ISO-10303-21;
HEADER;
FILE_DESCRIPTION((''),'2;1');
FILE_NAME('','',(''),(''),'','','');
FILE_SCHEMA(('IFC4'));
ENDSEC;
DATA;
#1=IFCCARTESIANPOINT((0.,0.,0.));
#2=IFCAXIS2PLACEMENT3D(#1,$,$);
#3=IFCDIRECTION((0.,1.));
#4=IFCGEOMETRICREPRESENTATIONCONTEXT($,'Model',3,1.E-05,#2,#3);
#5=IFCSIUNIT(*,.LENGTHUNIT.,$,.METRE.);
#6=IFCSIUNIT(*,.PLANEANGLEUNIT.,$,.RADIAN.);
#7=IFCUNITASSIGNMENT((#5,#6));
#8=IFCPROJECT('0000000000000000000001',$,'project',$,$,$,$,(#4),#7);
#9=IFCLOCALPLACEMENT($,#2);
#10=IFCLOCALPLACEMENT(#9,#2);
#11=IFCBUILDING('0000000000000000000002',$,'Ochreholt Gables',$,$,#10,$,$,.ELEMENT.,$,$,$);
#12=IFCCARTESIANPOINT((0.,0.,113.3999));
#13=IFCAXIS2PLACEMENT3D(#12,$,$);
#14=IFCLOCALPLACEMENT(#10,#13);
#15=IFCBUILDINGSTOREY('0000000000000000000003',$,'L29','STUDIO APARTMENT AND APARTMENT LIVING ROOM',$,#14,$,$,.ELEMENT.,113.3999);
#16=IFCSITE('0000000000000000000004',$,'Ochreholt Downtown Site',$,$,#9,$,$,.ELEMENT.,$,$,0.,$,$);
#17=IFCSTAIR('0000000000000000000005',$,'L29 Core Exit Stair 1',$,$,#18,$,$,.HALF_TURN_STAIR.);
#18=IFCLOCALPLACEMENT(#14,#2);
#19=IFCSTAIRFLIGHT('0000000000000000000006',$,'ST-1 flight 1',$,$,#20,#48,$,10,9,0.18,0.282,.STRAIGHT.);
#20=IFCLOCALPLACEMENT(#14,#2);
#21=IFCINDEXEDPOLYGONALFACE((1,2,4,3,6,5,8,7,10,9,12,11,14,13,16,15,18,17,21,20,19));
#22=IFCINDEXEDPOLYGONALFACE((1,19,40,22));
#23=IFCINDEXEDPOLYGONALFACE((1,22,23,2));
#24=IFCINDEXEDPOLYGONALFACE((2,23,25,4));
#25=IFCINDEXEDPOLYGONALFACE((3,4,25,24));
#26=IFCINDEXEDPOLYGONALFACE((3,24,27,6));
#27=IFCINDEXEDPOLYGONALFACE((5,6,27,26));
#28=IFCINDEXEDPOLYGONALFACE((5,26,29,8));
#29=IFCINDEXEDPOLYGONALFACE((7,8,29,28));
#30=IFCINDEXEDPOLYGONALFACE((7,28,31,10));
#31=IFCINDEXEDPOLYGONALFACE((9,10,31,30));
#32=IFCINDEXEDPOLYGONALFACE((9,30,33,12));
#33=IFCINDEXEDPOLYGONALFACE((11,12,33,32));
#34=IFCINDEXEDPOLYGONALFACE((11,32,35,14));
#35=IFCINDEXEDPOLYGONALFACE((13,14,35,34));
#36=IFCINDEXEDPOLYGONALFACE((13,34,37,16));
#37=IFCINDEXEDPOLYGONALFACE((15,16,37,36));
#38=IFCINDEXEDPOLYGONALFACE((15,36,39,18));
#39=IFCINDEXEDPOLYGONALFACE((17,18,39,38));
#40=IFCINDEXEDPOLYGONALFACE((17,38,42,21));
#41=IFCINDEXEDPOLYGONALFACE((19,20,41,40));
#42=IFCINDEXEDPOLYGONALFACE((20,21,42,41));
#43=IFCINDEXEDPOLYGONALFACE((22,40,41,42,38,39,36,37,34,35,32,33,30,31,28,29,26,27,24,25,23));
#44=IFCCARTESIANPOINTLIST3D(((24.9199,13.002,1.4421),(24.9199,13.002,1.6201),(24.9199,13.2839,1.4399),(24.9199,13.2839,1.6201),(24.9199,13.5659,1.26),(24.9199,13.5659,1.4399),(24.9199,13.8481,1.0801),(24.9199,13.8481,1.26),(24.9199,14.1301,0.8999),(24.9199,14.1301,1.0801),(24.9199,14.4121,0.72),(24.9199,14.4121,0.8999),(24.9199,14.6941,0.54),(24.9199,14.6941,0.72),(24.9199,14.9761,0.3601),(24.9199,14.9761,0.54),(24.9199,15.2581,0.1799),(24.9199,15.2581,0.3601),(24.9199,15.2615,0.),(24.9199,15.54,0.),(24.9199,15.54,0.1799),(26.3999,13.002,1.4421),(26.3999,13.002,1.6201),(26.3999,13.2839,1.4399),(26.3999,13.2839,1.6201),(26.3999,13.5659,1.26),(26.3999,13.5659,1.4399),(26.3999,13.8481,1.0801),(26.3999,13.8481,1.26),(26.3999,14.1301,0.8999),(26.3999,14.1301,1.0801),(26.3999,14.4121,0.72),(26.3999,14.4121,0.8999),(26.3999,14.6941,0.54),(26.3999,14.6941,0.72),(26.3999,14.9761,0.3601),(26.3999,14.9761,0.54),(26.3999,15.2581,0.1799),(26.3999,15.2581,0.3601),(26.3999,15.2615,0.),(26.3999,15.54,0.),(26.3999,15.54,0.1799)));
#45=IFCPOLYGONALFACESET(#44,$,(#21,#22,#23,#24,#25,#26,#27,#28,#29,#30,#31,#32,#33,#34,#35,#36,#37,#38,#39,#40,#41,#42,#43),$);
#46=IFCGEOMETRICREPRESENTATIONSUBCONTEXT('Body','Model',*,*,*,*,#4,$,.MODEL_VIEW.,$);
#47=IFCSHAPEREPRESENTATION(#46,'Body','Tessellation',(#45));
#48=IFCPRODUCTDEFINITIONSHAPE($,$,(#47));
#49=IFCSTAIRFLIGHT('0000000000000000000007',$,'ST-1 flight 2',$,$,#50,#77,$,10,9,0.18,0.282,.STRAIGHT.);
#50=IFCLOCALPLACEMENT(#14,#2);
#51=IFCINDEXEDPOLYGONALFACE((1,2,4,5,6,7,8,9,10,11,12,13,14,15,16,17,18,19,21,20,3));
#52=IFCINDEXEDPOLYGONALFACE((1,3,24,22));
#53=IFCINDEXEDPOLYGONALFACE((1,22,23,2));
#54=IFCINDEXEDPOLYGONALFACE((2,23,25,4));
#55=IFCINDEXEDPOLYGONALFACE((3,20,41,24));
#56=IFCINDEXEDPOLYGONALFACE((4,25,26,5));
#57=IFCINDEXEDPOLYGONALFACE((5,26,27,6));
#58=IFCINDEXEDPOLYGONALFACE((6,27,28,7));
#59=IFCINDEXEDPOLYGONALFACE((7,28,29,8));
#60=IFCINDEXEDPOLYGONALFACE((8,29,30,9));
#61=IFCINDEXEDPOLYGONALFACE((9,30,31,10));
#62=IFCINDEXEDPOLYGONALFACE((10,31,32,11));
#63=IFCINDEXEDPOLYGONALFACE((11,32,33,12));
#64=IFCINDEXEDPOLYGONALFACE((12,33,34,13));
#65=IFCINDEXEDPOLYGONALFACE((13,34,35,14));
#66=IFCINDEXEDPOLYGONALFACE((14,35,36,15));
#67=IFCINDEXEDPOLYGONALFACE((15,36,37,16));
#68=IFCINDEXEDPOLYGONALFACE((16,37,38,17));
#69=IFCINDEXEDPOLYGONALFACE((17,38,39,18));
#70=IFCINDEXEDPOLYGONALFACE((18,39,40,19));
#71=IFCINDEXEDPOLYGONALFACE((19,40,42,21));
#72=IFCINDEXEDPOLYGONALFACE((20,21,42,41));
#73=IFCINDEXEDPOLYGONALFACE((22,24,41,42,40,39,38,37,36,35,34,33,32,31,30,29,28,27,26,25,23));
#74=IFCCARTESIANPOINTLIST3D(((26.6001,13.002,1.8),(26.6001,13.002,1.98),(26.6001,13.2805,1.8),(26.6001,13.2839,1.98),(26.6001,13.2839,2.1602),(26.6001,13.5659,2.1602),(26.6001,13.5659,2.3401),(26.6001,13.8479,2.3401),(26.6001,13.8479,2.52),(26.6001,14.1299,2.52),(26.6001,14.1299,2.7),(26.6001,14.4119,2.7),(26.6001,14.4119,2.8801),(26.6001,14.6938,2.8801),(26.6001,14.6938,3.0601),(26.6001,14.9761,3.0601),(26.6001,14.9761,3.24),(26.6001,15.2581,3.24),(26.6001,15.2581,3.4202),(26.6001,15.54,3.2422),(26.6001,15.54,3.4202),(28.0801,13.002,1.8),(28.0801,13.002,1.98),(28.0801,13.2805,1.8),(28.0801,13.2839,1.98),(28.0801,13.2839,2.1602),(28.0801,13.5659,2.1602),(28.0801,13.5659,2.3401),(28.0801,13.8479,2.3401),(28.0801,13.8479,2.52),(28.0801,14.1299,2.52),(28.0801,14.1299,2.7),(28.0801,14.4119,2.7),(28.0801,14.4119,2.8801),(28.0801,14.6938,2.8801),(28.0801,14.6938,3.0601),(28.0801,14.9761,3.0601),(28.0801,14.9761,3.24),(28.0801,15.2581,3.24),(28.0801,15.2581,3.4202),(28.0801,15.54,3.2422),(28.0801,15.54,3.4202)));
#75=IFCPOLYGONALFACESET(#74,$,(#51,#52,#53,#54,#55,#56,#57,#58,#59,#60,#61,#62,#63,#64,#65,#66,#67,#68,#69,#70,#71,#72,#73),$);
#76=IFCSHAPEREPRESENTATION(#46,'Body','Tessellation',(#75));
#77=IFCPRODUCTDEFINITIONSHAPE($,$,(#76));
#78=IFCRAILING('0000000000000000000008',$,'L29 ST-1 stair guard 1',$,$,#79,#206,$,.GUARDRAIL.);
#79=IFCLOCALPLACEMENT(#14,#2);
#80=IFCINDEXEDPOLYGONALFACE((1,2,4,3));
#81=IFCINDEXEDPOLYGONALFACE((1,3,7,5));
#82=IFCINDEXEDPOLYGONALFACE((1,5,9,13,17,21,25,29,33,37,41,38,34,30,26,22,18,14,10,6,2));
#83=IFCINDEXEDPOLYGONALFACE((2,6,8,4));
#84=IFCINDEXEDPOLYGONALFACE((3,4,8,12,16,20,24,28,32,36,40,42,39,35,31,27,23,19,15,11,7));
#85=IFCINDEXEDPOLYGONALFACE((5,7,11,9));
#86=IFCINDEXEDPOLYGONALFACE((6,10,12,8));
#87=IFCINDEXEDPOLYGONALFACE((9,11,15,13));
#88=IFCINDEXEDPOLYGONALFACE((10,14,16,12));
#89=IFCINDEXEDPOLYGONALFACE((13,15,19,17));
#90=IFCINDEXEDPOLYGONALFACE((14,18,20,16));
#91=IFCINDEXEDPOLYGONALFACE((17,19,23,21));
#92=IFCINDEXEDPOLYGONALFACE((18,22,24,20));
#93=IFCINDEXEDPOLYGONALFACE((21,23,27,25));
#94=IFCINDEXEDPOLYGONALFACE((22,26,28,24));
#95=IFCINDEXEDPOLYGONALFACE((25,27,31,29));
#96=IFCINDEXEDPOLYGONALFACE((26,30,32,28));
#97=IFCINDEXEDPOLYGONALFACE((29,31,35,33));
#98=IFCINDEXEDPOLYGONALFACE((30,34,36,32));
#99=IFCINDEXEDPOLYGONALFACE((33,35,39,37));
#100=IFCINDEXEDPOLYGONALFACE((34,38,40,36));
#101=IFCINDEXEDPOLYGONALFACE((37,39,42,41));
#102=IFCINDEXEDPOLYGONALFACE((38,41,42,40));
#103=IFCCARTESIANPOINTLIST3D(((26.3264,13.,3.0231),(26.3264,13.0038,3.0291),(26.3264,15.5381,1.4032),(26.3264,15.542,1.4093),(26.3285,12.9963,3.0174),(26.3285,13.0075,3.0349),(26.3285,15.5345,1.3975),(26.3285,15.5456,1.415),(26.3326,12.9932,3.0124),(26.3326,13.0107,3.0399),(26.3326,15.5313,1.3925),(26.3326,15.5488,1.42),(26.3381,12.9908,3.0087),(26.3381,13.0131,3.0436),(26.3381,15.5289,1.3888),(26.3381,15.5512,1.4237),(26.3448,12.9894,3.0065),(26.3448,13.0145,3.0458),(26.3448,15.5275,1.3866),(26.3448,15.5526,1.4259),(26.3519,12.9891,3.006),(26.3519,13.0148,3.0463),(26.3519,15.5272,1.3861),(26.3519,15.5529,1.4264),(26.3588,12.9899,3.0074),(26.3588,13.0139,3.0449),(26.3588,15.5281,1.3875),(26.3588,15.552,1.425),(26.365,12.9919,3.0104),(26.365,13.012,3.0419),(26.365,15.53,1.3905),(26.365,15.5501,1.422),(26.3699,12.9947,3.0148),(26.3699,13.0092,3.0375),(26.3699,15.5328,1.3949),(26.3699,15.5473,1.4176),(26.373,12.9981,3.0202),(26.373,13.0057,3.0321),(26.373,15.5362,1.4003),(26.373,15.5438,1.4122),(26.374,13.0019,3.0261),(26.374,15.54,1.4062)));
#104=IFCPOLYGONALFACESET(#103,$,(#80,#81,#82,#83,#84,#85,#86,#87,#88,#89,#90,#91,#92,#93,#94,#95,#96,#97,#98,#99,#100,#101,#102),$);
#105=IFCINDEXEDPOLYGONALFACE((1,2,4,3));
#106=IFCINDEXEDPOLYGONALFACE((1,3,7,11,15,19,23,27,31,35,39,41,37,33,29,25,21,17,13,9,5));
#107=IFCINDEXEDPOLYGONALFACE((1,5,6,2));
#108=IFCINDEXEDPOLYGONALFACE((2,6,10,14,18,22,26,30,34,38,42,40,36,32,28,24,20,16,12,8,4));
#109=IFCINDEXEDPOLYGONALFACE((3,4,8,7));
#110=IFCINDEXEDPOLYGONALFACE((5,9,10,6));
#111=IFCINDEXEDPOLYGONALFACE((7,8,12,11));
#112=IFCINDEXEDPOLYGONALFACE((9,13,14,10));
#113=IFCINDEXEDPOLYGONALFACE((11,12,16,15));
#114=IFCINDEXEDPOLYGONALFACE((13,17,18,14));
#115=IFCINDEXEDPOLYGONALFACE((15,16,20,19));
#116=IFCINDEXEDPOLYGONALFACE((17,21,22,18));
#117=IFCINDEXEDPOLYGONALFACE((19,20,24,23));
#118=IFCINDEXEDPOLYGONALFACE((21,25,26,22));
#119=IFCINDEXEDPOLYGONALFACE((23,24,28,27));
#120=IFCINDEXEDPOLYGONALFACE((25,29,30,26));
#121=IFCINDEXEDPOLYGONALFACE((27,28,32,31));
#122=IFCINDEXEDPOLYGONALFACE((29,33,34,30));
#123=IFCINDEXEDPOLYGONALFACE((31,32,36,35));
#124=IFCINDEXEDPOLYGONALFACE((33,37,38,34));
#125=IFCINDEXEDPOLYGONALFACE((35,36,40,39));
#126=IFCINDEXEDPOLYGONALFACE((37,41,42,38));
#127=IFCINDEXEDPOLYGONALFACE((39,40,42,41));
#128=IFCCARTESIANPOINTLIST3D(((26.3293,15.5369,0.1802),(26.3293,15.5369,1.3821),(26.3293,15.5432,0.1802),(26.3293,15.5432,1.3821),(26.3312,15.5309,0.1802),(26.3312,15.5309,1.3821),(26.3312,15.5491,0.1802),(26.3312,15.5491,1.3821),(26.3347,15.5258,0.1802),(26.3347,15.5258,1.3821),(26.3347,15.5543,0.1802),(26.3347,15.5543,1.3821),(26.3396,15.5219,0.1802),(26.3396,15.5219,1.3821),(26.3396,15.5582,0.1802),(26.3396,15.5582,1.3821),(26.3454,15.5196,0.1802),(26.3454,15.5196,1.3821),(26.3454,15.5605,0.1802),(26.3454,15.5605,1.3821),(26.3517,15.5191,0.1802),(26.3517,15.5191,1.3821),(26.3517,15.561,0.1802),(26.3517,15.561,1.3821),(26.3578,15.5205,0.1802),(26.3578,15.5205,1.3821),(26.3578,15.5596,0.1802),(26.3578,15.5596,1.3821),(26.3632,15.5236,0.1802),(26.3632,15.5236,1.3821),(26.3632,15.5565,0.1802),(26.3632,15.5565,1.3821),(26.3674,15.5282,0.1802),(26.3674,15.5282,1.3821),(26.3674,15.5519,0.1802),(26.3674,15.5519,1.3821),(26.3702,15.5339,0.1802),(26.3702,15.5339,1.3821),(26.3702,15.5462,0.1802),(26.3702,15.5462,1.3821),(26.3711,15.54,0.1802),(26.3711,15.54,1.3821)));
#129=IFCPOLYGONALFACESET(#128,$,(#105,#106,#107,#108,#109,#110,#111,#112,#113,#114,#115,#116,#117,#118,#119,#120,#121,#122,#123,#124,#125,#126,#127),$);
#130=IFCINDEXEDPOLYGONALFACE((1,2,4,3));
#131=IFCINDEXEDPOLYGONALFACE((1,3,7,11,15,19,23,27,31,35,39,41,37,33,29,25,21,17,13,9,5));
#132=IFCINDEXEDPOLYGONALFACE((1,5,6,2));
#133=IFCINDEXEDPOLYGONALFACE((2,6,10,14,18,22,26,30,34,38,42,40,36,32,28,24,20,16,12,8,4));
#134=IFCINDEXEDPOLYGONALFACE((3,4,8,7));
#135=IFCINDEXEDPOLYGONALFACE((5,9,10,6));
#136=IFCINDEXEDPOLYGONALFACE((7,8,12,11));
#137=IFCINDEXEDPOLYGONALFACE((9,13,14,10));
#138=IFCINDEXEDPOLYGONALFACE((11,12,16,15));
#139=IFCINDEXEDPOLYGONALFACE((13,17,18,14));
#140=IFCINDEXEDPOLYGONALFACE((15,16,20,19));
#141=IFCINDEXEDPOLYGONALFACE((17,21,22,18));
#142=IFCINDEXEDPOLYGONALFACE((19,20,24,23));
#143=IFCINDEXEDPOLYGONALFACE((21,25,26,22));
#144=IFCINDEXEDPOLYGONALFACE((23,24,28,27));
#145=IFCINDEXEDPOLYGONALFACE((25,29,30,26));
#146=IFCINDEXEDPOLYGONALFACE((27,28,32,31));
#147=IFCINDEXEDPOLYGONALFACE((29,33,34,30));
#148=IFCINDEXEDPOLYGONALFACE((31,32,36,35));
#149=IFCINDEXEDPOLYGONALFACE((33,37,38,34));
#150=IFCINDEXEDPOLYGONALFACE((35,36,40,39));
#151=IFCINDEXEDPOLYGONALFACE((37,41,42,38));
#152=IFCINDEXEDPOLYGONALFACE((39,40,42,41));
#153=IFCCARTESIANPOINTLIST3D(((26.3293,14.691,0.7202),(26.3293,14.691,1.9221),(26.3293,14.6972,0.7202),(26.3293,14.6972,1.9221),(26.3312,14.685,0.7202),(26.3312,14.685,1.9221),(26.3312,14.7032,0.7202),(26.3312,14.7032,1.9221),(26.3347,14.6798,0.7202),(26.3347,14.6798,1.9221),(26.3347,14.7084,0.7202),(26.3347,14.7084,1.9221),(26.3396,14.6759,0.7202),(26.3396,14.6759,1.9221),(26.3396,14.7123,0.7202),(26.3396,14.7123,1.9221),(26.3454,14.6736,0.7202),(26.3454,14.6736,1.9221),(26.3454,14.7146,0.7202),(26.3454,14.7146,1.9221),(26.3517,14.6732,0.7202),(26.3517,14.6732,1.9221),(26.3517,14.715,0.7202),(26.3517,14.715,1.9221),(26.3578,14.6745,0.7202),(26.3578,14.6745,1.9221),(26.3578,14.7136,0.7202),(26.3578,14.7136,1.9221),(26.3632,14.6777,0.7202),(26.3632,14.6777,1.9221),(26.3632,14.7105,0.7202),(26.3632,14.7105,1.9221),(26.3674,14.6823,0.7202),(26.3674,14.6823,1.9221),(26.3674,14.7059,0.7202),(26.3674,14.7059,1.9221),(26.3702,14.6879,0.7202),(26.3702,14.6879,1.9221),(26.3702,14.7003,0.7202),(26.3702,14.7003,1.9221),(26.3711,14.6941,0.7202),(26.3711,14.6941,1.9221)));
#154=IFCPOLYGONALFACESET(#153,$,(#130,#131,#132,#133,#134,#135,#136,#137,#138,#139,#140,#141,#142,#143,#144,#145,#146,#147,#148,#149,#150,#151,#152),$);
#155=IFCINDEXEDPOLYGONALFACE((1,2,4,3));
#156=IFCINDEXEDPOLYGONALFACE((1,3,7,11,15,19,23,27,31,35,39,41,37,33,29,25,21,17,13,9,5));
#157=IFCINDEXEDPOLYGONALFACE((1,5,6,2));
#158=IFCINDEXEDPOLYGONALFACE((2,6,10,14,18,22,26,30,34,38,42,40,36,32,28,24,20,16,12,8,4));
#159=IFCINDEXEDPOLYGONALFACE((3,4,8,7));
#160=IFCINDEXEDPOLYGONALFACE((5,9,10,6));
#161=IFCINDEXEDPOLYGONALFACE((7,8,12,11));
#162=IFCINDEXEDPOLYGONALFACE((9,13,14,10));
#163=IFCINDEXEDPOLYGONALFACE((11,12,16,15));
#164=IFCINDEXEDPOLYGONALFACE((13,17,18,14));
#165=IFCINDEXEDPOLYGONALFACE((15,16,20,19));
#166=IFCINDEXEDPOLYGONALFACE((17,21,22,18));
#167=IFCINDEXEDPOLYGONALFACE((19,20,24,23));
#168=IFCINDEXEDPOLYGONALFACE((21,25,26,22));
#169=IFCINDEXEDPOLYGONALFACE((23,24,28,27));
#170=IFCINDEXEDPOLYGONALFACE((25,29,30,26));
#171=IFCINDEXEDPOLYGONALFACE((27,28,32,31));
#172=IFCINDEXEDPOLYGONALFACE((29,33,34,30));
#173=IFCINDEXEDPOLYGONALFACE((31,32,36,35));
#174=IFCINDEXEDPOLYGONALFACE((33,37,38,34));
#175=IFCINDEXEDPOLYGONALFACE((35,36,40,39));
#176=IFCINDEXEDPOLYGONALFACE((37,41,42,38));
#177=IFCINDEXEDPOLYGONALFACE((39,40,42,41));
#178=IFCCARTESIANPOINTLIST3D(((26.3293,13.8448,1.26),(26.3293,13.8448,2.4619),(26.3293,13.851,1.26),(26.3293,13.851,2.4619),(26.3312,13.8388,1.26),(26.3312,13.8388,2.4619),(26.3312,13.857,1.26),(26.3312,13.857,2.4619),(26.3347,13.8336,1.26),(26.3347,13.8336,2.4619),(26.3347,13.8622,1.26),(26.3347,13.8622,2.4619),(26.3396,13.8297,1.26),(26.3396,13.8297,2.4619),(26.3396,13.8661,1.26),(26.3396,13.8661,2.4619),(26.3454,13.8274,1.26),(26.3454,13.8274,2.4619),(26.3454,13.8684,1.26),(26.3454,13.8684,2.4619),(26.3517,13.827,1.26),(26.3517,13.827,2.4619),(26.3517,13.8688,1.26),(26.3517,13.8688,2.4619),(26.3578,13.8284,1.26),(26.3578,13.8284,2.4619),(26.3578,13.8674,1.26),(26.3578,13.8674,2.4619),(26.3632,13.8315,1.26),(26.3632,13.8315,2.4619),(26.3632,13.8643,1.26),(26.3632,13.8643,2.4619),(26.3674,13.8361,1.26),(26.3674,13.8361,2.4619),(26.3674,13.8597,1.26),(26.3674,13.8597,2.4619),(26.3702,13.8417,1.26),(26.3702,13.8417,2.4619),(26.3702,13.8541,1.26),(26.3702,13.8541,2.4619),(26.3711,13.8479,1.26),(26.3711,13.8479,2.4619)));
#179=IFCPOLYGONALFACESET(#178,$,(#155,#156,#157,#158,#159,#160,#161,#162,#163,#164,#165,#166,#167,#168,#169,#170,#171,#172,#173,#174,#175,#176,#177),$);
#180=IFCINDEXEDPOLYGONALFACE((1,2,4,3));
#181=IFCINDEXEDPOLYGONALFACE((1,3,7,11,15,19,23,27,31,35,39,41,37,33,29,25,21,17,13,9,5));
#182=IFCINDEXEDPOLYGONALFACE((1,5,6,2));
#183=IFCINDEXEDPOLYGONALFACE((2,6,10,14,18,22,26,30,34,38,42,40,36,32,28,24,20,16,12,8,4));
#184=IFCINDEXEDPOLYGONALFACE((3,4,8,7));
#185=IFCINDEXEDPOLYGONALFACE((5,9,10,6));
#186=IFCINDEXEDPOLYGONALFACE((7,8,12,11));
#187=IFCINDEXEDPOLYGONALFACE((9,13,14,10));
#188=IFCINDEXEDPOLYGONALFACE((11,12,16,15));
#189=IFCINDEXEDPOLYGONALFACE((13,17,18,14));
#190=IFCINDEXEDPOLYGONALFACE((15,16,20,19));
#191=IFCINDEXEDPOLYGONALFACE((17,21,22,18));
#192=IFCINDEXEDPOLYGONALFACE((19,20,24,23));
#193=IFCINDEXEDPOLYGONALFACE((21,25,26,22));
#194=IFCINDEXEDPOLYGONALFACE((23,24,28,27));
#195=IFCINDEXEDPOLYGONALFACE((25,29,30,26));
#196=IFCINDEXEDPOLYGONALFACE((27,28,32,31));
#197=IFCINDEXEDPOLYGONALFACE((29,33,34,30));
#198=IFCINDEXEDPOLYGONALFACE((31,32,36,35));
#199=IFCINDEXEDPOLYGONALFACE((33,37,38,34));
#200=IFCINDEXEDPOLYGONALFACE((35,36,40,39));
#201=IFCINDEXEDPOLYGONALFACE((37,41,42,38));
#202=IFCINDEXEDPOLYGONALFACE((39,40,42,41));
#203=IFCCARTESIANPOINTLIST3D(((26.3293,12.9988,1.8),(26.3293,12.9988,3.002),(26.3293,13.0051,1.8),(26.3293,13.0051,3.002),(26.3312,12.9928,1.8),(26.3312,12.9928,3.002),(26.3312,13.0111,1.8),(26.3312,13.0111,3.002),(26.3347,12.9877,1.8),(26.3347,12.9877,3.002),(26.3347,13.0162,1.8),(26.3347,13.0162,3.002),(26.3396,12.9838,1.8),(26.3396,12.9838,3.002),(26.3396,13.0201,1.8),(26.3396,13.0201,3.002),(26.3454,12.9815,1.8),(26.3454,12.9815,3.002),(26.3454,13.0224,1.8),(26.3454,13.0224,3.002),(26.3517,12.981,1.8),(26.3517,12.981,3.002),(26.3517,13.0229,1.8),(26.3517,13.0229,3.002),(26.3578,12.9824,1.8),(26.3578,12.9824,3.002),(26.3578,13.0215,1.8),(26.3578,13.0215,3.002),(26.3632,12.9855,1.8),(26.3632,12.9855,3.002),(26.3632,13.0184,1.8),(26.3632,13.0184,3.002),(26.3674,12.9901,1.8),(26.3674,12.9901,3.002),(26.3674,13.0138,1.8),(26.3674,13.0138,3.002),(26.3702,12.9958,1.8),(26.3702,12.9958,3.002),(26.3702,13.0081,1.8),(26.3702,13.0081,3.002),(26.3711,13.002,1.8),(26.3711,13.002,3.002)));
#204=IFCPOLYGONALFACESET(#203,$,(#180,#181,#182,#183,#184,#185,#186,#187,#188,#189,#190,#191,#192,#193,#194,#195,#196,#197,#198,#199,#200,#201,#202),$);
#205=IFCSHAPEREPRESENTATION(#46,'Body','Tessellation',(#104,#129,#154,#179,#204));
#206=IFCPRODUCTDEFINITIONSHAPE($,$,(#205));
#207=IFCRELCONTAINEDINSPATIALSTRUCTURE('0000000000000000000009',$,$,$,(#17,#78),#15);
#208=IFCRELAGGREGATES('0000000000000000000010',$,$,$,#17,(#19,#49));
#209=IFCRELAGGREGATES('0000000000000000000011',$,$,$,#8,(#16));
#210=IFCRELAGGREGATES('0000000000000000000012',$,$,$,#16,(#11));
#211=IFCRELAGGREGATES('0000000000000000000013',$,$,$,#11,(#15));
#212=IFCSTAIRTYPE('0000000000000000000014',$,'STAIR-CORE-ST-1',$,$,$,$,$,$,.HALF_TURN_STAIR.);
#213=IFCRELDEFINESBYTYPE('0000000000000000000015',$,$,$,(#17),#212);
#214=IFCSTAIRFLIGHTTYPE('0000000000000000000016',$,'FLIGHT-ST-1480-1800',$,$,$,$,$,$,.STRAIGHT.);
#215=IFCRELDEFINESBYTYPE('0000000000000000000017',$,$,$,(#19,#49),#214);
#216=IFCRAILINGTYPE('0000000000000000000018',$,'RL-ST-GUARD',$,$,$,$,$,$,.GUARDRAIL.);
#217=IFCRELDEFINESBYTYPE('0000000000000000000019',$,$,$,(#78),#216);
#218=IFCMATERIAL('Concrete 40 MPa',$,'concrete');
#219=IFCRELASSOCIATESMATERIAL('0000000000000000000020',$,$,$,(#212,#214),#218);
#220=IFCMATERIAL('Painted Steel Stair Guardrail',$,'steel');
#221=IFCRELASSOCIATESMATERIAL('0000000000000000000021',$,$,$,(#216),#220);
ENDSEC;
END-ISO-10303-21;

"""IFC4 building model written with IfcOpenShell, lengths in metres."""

from ifc_helpers import new_model, si_unit, direction, frame, origin, origin_2d, place, context, subcontext, project, spatial, polyline, circle, outline, extrude, material, type_object, element, aggregate, save


model = new_model("IFC4")

# Units and contexts
model_context = context("Model", 3, precision=1e-05, world=origin(), true_north=direction((0.0, 1.0)))
body_context = subcontext(model_context, "Body", "Model", "MODEL_VIEW")
ifc_project = project(units=[si_unit("LENGTHUNIT", "METRE"), si_unit("PLANEANGLEUNIT", "RADIAN")], contexts=[model_context])

# Site, building, storey
site_placement = place(None, origin())
site = spatial("IfcSite", under=ifc_project, at=site_placement, Name="Ochreholt Downtown Site", CompositionType="ELEMENT", RefElevation=0.0)
building_placement = place(site_placement, origin())
building = spatial("IfcBuilding", under=site, at=building_placement, Name="Ochreholt Gables", CompositionType="ELEMENT")
storey_placement = place(building_placement, frame((0.0, 0.0, 113.3999)))
storey = spatial("IfcBuildingStorey", under=building, at=storey_placement, Name="L29", Description="STUDIO APARTMENT AND APARTMENT LIVING ROOM", CompositionType="ELEMENT", Elevation=113.3999)

# Shared definitions
ifc_material_1 = material(Name="Concrete 40 MPa", Category="concrete")

# Stair, stair flights
stair_type = type_object("IfcStairType", Name="STAIR-CORE-ST-1", PredefinedType="HALF_TURN_STAIR", material=ifc_material_1)
stair_placement = place(storey_placement, origin())
stair = element("IfcStair", 1, at=stair_placement, inside=storey, type_object=stair_type, Name="L29 Core Exit Stair 1", PredefinedType="HALF_TURN_STAIR")
stair_flight_type = type_object("IfcStairFlightType", Name="FLIGHT-ST-1480-1800", PredefinedType="STRAIGHT", material=ifc_material_1)
stair_flight_1_placement = place(storey_placement, frame((25.6599, 15.54, 0.0), z_axis=(0.0, 0.0, 1.0), x_axis=(0.0, -1.0, 0.0)))
stair_flight_1 = element("IfcStairFlight", 2, at=stair_flight_1_placement, type_object=stair_flight_type, Name="ST-1 flight 1", NumberOfRisers=10, NumberOfTreads=9, PredefinedType="STRAIGHT", RiserHeight=0.18, TreadLength=0.282, context=body_context, shape_type="SweptSolid", body=[
    extrude(outline(polyline([(0.0, 0.0), (0.0, 0.1799), (0.282, 0.1799), (0.282, 0.3601), (0.564, 0.3601), (0.564, 0.54), (0.8459, 0.54), (0.8459, 0.72), (1.1279, 0.72), (1.1279, 0.8999), (1.4099, 0.8999), (1.4099, 1.0801), (1.6919, 1.0801), (1.6919, 1.26), (1.9741, 1.26), (1.9741, 1.4399), (2.2561, 1.4399), (2.2561, 1.6201), (2.5381, 1.6201), (2.5381, 1.8), (2.5381, 1.4421), (0.2786, 0.0), (0.0, 0.0)])), frame((0.0, 0.74, 0.0), z_axis=(0.0, -1.0, 0.0), x_axis=(1.0, 0.0, 0.0)), (0.0, 0.0, 1.0), 1.48),
])
stair_flight_2_placement = place(storey_placement, frame((27.3401, 13.002, 1.8), z_axis=(0.0, 0.0, 1.0), x_axis=(0.0, 1.0, 0.0)))
stair_flight_2 = element("IfcStairFlight", 3, at=stair_flight_2_placement, type_object=stair_flight_type, Name="ST-1 flight 2", NumberOfRisers=10, NumberOfTreads=9, PredefinedType="STRAIGHT", RiserHeight=0.18, TreadLength=0.282, context=body_context, shape_type="SweptSolid", body=[
    extrude(outline(polyline([(0.0, 0.0), (0.0, 0.1799), (0.282, 0.1799), (0.282, 0.3601), (0.564, 0.3601), (0.564, 0.54), (0.8459, 0.54), (0.8459, 0.72), (1.1279, 0.72), (1.1279, 0.8999), (1.4099, 0.8999), (1.4099, 1.0801), (1.6919, 1.0801), (1.6919, 1.26), (1.9741, 1.26), (1.9741, 1.4399), (2.2561, 1.4399), (2.2561, 1.6201), (2.5381, 1.6201), (2.5381, 1.8), (2.5381, 1.4421), (0.2786, 0.0), (0.0, 0.0)])), frame((0.0, 0.74, 0.0), z_axis=(0.0, -1.0, 0.0), x_axis=(1.0, 0.0, 0.0)), (0.0, 0.0, 1.0), 1.48),
])
aggregate(stair, [stair_flight_1, stair_flight_2])

# Railing
ifc_material_2 = material(Name="Painted Steel Stair Guardrail", Category="steel")
railing_type_1 = type_object("IfcRailingType", Name="RL-ST-GUARD", PredefinedType="GUARDRAIL", material=ifc_material_2)
railing_1_placement = place(storey_placement, frame((26.3501, 15.54, 0.1802)))
element("IfcRailing", 4, at=railing_1_placement, inside=storey, type_object=railing_type_1, Name="L29 ST-1 stair guard 1", PredefinedType="GUARDRAIL", context=body_context, shape_type="SweptSolid", body=[
    extrude(circle(Radius=0.0239, at=origin_2d()), frame((0.0, 0.0, 1.2261), z_axis=(0.0, -0.84295, 0.537993), x_axis=(1.0, 0.0, 0.0)), (0.0, 0.0, 1.0), 3.011),
    extrude(circle(Radius=0.021, at=origin_2d()), origin(), (0.0, 0.0, 1.0), 1.2019),
    extrude(circle(Radius=0.021, at=origin_2d()), frame((0.0, -0.8459, 0.54)), (0.0, 0.0, 1.0), 1.2019),
    extrude(circle(Radius=0.021, at=origin_2d()), frame((0.0, -1.6921, 1.0798)), (0.0, 0.0, 1.0), 1.2019),
    extrude(circle(Radius=0.021, at=origin_2d()), frame((0.0, -2.5381, 1.6199)), (0.0, 0.0, 1.0), 1.2019),
])

save(model, "model.ifc")
